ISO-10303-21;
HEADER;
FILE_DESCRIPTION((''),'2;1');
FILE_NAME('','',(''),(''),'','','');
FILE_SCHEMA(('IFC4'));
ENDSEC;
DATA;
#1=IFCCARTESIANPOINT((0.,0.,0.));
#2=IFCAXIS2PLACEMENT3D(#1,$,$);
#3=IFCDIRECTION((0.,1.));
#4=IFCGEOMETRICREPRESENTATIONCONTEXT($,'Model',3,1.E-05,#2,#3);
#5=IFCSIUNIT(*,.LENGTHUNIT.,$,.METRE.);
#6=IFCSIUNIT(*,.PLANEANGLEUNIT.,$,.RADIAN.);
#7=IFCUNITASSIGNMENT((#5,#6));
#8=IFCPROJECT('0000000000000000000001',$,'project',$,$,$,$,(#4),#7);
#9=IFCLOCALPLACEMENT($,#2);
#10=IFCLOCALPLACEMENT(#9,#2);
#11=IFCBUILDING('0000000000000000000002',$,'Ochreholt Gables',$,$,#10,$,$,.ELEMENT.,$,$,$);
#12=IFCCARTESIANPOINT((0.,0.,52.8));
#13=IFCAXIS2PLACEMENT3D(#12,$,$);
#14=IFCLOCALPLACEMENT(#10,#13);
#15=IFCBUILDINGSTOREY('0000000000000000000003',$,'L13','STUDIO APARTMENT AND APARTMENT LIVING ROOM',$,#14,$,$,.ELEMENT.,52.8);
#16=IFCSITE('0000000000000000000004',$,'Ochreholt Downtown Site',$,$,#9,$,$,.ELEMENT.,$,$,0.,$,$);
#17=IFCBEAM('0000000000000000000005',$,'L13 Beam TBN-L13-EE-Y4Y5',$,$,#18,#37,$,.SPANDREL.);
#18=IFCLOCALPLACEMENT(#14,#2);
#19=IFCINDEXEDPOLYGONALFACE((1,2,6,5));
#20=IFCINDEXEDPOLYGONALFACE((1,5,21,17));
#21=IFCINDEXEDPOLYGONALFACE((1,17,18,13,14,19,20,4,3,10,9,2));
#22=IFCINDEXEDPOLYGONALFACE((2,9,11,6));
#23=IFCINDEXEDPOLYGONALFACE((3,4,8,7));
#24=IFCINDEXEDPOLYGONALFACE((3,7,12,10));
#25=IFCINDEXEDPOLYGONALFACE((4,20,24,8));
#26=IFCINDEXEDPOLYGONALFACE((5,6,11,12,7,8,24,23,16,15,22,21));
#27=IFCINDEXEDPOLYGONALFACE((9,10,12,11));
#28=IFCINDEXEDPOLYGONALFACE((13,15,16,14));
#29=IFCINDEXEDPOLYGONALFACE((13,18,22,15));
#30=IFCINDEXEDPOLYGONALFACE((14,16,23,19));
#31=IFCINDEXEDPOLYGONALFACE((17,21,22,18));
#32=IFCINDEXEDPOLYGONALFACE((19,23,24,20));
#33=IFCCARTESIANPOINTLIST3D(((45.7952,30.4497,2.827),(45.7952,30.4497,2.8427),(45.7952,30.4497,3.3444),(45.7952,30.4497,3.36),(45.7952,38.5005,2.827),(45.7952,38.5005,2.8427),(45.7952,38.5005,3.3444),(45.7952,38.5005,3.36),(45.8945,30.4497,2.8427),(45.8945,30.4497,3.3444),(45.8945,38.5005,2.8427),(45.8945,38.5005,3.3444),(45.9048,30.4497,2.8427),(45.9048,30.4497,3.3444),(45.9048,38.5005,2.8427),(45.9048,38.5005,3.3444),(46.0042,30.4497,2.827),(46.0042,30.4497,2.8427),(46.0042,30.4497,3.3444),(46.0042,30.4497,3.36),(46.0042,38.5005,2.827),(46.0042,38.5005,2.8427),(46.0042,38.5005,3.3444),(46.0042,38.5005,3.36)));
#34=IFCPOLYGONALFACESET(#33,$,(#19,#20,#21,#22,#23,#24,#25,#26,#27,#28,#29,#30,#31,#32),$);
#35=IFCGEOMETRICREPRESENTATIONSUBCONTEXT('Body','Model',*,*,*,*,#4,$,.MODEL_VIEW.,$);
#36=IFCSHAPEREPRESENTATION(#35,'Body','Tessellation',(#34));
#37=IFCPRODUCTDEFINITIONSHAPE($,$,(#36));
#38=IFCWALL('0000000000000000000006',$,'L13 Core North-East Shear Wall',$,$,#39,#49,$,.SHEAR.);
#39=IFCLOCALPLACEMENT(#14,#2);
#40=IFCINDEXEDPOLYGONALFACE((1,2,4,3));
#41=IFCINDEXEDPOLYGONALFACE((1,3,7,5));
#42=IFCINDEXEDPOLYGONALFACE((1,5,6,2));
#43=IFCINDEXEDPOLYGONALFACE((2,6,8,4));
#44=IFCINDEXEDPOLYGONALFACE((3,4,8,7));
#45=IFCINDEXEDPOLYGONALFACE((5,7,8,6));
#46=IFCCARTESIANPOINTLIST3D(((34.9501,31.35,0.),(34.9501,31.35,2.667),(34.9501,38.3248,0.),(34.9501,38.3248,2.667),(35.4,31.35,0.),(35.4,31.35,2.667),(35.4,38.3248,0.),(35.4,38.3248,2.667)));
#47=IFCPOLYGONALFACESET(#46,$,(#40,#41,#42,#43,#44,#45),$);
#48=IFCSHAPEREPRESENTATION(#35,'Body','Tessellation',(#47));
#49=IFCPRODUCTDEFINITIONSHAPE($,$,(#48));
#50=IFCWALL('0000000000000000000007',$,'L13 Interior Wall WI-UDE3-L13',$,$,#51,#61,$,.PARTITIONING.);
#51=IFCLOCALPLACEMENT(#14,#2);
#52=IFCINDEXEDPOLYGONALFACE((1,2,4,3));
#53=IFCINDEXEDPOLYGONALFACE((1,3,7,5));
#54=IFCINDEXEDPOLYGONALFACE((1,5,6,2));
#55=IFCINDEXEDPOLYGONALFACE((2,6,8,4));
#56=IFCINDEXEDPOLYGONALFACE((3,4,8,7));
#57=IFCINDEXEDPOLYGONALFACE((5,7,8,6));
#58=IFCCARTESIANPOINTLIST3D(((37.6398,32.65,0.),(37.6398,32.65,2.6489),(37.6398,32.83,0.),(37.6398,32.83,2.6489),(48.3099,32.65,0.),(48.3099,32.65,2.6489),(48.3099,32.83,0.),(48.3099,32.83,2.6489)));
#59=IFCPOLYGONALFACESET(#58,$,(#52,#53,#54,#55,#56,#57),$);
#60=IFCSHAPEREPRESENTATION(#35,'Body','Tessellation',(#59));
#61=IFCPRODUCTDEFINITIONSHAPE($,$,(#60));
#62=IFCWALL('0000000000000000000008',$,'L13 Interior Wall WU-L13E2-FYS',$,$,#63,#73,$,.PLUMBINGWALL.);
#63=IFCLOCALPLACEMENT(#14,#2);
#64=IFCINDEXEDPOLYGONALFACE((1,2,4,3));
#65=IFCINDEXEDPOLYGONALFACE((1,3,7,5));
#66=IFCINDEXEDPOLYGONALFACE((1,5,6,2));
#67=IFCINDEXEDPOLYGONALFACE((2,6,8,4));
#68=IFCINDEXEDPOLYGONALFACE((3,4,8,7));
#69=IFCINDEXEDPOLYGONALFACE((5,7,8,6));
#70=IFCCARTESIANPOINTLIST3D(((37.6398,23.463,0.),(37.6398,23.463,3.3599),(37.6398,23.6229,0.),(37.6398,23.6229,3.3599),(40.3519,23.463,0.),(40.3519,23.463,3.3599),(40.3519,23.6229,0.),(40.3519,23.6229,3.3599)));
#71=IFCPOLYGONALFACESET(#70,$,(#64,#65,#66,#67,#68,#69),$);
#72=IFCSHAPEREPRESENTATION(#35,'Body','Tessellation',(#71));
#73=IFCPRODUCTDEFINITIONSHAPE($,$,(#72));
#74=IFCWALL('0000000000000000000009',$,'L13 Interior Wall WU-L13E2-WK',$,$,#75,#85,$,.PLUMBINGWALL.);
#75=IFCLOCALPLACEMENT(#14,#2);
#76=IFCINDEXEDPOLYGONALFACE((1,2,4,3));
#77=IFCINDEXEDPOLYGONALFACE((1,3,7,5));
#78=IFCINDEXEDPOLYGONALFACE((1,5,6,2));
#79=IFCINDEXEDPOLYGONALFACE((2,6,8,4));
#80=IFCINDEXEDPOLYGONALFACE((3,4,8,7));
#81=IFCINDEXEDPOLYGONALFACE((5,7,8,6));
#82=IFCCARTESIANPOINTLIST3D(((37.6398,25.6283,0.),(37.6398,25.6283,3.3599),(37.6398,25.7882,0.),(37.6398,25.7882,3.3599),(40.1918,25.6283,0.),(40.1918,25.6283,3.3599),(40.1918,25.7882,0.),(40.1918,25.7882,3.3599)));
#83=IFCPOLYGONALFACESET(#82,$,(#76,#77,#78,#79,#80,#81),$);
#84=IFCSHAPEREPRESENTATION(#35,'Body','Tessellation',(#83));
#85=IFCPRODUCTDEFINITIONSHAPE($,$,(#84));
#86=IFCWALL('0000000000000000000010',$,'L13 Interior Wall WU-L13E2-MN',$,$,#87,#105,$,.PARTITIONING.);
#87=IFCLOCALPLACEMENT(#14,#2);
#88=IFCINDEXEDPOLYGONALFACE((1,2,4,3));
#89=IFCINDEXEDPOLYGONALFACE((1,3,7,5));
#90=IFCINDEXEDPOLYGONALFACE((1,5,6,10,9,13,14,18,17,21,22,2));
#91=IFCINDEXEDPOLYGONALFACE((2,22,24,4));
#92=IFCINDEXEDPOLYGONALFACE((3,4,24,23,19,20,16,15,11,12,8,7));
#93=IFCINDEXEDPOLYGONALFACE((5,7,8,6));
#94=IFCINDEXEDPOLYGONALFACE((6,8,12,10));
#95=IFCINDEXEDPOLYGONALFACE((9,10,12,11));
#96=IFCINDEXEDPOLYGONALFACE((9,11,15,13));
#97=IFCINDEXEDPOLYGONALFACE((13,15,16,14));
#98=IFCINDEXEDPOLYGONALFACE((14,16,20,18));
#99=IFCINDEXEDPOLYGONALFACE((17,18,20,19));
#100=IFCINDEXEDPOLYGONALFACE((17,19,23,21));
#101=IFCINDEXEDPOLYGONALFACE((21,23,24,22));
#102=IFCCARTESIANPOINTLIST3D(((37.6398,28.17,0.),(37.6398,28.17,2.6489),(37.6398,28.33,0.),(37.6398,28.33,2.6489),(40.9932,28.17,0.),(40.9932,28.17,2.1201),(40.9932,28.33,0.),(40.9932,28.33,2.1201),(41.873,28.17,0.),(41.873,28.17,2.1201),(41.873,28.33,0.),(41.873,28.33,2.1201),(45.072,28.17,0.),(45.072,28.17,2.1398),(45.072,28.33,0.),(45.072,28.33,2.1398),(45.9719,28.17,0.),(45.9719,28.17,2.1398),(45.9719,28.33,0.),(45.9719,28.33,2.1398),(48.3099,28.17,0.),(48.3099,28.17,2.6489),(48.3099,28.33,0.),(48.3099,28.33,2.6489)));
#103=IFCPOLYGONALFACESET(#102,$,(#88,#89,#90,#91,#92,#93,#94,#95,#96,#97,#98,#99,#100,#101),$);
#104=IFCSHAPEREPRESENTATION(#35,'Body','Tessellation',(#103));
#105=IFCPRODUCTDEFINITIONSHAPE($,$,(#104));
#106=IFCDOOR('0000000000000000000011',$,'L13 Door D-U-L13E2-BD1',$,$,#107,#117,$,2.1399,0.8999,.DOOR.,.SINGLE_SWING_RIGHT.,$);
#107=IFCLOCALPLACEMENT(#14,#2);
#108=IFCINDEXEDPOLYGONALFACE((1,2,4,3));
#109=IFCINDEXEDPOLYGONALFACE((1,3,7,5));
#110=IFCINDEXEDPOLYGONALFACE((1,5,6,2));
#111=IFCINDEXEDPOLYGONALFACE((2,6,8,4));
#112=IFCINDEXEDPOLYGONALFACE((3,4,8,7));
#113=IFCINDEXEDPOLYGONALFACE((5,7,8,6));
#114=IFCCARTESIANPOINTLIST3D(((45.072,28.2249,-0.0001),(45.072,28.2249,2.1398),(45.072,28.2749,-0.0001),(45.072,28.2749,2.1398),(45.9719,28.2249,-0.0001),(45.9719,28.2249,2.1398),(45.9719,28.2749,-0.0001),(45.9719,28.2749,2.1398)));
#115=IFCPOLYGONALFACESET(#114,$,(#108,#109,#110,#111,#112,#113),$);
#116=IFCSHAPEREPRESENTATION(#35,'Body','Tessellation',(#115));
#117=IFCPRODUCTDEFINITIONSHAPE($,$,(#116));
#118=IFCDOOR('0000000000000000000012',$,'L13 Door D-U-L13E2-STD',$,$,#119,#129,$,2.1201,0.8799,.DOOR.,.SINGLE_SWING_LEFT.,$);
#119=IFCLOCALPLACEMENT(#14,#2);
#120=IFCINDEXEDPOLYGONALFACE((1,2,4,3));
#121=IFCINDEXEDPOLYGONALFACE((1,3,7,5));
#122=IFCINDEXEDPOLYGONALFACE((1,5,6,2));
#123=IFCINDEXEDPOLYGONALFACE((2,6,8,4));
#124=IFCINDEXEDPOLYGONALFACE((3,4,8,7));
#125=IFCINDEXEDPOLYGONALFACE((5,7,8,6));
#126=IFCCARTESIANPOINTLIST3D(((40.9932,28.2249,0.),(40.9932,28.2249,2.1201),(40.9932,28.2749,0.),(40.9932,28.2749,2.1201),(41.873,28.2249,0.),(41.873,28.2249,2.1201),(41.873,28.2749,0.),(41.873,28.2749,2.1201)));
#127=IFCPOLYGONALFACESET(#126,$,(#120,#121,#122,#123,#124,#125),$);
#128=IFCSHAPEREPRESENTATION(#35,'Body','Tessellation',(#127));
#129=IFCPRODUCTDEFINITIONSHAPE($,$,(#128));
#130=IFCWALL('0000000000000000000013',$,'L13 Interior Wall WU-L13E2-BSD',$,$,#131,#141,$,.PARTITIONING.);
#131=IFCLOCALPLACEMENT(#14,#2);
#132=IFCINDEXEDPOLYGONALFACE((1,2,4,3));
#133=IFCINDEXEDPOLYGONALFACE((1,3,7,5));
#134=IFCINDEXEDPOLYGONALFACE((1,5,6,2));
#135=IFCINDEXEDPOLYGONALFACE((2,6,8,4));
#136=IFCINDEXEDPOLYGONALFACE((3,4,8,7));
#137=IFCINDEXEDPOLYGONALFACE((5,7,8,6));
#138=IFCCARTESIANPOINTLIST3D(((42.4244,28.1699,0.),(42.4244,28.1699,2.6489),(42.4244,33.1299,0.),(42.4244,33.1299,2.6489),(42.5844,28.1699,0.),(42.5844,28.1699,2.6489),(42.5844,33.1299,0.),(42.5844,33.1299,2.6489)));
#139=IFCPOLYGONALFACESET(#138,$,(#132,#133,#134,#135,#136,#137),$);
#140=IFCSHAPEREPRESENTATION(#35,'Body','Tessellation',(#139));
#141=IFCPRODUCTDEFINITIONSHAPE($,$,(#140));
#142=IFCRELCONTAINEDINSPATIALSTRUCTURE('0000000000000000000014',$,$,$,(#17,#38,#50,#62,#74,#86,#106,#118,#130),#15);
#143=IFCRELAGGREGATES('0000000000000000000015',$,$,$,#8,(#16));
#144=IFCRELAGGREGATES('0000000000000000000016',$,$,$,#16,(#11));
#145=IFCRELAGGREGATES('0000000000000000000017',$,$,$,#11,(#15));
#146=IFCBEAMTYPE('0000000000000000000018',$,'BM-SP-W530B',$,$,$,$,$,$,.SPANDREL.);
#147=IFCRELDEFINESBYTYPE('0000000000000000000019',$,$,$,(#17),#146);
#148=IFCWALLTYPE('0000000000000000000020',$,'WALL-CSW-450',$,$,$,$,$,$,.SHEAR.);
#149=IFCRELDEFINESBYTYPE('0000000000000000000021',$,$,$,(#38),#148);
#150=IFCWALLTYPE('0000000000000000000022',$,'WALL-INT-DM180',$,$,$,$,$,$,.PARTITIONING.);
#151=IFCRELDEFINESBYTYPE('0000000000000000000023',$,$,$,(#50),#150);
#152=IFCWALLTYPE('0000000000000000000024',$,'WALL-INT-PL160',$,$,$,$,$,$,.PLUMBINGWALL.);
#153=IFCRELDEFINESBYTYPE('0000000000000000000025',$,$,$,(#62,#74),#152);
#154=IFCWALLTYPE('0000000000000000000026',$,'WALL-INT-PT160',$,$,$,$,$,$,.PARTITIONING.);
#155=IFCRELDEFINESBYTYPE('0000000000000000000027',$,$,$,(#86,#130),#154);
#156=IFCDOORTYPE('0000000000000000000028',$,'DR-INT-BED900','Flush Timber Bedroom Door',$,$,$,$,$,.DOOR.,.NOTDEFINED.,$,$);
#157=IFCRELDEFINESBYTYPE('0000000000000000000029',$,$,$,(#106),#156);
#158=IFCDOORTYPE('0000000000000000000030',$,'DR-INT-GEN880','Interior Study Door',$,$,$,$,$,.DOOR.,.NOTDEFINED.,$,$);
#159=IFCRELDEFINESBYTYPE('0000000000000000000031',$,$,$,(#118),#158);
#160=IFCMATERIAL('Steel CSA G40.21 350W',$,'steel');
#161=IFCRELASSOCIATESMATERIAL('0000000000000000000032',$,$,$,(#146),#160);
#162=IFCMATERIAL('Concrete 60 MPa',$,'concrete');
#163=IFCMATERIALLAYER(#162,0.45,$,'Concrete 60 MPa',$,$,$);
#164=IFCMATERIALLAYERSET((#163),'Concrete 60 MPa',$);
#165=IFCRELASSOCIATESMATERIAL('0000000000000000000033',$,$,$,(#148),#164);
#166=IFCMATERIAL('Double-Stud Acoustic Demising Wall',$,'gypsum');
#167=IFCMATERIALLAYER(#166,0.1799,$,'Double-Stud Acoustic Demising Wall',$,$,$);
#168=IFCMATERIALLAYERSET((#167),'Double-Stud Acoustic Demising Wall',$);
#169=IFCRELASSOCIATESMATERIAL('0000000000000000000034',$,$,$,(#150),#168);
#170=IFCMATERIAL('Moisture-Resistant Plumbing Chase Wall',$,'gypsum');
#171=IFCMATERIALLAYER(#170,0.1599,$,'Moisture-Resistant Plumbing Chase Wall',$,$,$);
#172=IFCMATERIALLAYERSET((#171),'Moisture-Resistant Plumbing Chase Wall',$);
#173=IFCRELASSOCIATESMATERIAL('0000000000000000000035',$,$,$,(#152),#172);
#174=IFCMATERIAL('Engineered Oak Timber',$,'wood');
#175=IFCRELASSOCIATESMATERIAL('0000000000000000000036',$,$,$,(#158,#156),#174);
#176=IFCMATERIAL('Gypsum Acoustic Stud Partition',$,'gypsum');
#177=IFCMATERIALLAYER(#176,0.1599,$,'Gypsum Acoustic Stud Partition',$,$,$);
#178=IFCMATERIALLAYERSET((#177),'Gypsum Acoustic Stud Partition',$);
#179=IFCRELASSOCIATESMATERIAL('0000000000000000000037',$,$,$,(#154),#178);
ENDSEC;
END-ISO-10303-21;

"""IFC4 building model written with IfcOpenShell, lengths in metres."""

from ifc_helpers import new_model, si_unit, direction, frame, frame_2d, origin, origin_2d, place, context, subcontext, project, spatial, rectangle, i_section, extrude, material, layer, layer_set, material_profile, profile_set, type_object, element, fill, save


model = new_model("IFC4")

# Units and contexts
model_context = context("Model", 3, precision=1e-05, world=origin(), true_north=direction((0.0, 1.0)))
body_context = subcontext(model_context, "Body", "Model", "MODEL_VIEW")
ifc_project = project(units=[si_unit("LENGTHUNIT", "METRE"), si_unit("PLANEANGLEUNIT", "RADIAN")], contexts=[model_context])

# Site, building, storey
site_placement = place(None, origin())
site = spatial("IfcSite", under=ifc_project, at=site_placement, Name="Ochreholt Downtown Site", CompositionType="ELEMENT", RefElevation=0.0)
building_placement = place(site_placement, origin())
building = spatial("IfcBuilding", under=site, at=building_placement, Name="Ochreholt Gables", CompositionType="ELEMENT")
storey_placement = place(building_placement, frame((0.0, 0.0, 52.8)))
storey = spatial("IfcBuildingStorey", under=building, at=storey_placement, Name="L13", Description="STUDIO APARTMENT AND APARTMENT LIVING ROOM", CompositionType="ELEMENT", Elevation=52.8)

# Shared definitions
ifc_material_1 = material(Name="Steel CSA G40.21 350W", Category="steel")
ifc_material_2 = material(Name="Concrete 60 MPa", Category="concrete")

# Beam
ifc_material_profile_1 = material_profile(ifc_material_1, i_section(OverallWidth=0.209, OverallDepth=0.533, WebThickness=0.0103, FlangeThickness=0.0156, at=origin_2d()), Name="W530X92")
ifc_profile_set_1 = profile_set([ifc_material_profile_1], Name="Steel CSA G40.21 350W")
beam_type_1 = type_object("IfcBeamType", Name="BM-SP-W530B", PredefinedType="SPANDREL", material=ifc_profile_set_1)
beam_1_placement = place(storey_placement, frame((45.8997, 30.4497, 3.0935), z_axis=(0.0, 1.0, 0.0), x_axis=(-1.0, 0.0, 0.0)))
element("IfcBeam", 1, at=beam_1_placement, inside=storey, type_object=beam_type_1, Name="L13 Beam TBN-L13-EE-Y4Y5", PredefinedType="SPANDREL", context=body_context, shape_type="SweptSolid", body=[
    extrude(i_section(OverallWidth=0.209, OverallDepth=0.533, WebThickness=0.0103, FlangeThickness=0.0156, at=origin_2d()), origin(), (0.0, 0.0, 1.0), 8.0508),
])

# Walls
ifc_layer_1 = layer(ifc_material_2, 0.45, Name="Concrete 60 MPa")
ifc_layer_set_1 = layer_set([ifc_layer_1], Name="Concrete 60 MPa")
wall_type_1 = type_object("IfcWallType", Name="WALL-CSW-450", PredefinedType="SHEAR", material=ifc_layer_set_1)
wall_1_placement = place(storey_placement, frame((35.175, 31.3501, 0.0), z_axis=(0.0, 0.0, 1.0), x_axis=(0.0, 1.0, 0.0)))
element("IfcWall", 2, at=wall_1_placement, inside=storey, type_object=wall_type_1, Name="L13 Core North-East Shear Wall", PredefinedType="SHEAR", context=body_context, shape_type="SweptSolid", body=[
    extrude(rectangle(XDim=6.9749, YDim=0.45, at=frame_2d((3.4873, 0.0))), origin(), (0.0, 0.0, 1.0), 2.667),
])
ifc_material_3 = material(Name="Double-Stud Acoustic Demising Wall", Category="gypsum")
ifc_layer_2 = layer(ifc_material_3, 0.1799, Name="Double-Stud Acoustic Demising Wall")
ifc_layer_set_2 = layer_set([ifc_layer_2], Name="Double-Stud Acoustic Demising Wall")
wall_type_2 = type_object("IfcWallType", Name="WALL-INT-DM180", PredefinedType="PARTITIONING", material=ifc_layer_set_2)
wall_2_placement = place(storey_placement, frame((37.6399, 32.74, 0.0), z_axis=(0.0, 0.0, 1.0), x_axis=(1.0, 0.0, 0.0)))
element("IfcWall", 3, at=wall_2_placement, inside=storey, type_object=wall_type_2, Name="L13 Interior Wall WI-UDE3-L13", PredefinedType="PARTITIONING", context=body_context, shape_type="SweptSolid", body=[
    extrude(rectangle(XDim=10.6702, YDim=0.1799, at=frame_2d((5.335, 0.0))), origin(), (0.0, 0.0, 1.0), 2.6489),
])
ifc_material_4 = material(Name="Moisture-Resistant Plumbing Chase Wall", Category="gypsum")
ifc_layer_3 = layer(ifc_material_4, 0.1599, Name="Moisture-Resistant Plumbing Chase Wall")
ifc_layer_set_3 = layer_set([ifc_layer_3], Name="Moisture-Resistant Plumbing Chase Wall")
wall_type_3 = type_object("IfcWallType", Name="WALL-INT-PL160", PredefinedType="PLUMBINGWALL", material=ifc_layer_set_3)
wall_3_placement = place(storey_placement, frame((37.6399, 23.543, 0.0), z_axis=(0.0, 0.0, 1.0), x_axis=(1.0, 0.0, 0.0)))
element("IfcWall", 4, at=wall_3_placement, inside=storey, type_object=wall_type_3, Name="L13 Interior Wall WU-L13E2-FYS", PredefinedType="PLUMBINGWALL", context=body_context, shape_type="SweptSolid", body=[
    extrude(rectangle(XDim=2.7122, YDim=0.1599, at=frame_2d((1.356, 0.0))), origin(), (0.0, 0.0, 1.0), 3.3599),
])

# Shared definitions
ifc_material_5 = material(Name="Engineered Oak Timber", Category="wood")
door_type_1 = type_object("IfcDoorType", Name="DR-INT-GEN880", Description="Interior Study Door", OperationType="NOTDEFINED", PredefinedType="DOOR", material=ifc_material_5)

# Wall
wall_4_placement = place(storey_placement, frame((37.6399, 25.7083, 0.0), z_axis=(0.0, 0.0, 1.0), x_axis=(1.0, 0.0, 0.0)))
element("IfcWall", 5, at=wall_4_placement, inside=storey, type_object=wall_type_3, Name="L13 Interior Wall WU-L13E2-WK", PredefinedType="PLUMBINGWALL", context=body_context, shape_type="SweptSolid", body=[
    extrude(rectangle(XDim=2.552, YDim=0.1599, at=frame_2d((1.2759, 0.0))), origin(), (0.0, 0.0, 1.0), 3.3599),
])

# Wall, openings, doors
ifc_material_6 = material(Name="Gypsum Acoustic Stud Partition", Category="gypsum")
ifc_layer_4 = layer(ifc_material_6, 0.1599, Name="Gypsum Acoustic Stud Partition")
ifc_layer_set_4 = layer_set([ifc_layer_4], Name="Gypsum Acoustic Stud Partition")
wall_type_4 = type_object("IfcWallType", Name="WALL-INT-PT160", PredefinedType="PARTITIONING", material=ifc_layer_set_4)
wall_5_placement = place(storey_placement, frame((37.6399, 28.25, 0.0), z_axis=(0.0, 0.0, 1.0), x_axis=(1.0, 0.0, 0.0)))
wall_5 = element("IfcWall", 6, at=wall_5_placement, inside=storey, type_object=wall_type_4, Name="L13 Interior Wall WU-L13E2-MN", PredefinedType="PARTITIONING", context=body_context, shape_type="SweptSolid", body=[
    extrude(rectangle(XDim=10.6702, YDim=0.1599, at=frame_2d((5.335, 0.0))), origin(), (0.0, 0.0, 1.0), 2.6489),
])
opening_1_placement = place(wall_5_placement, frame((3.3533, 0.0, 0.0)))
opening_1 = element("IfcOpeningElement", 7, at=opening_1_placement, cuts=wall_5, PredefinedType="OPENING", context=body_context, shape_type="SweptSolid", body=[
    extrude(rectangle(XDim=0.8799, YDim=2.1201, at=frame_2d((0.4399, 1.0601))), frame((0.0, 0.0898, 0.0), z_axis=(0.0, -1.0, 0.0), x_axis=(1.0, 0.0, 0.0)), (0.0, 0.0, 1.0), 0.1799),
])
opening_2_placement = place(wall_5_placement, frame((7.4321, 0.0, 0.0)))
opening_2 = element("IfcOpeningElement", 8, at=opening_2_placement, cuts=wall_5, PredefinedType="OPENING", context=body_context, shape_type="SweptSolid", body=[
    extrude(rectangle(XDim=0.8999, YDim=2.1399, at=frame_2d((0.45, 1.0698))), frame((0.0, 0.0898, 0.0), z_axis=(0.0, -1.0, 0.0), x_axis=(1.0, 0.0, 0.0)), (0.0, 0.0, 1.0), 0.1799),
])
door_type_2 = type_object("IfcDoorType", Name="DR-INT-BED900", Description="Flush Timber Bedroom Door", OperationType="NOTDEFINED", PredefinedType="DOOR", material=ifc_material_5)
door_1_placement = place(opening_2_placement, origin())
door_1 = element("IfcDoor", 9, at=door_1_placement, inside=storey, type_object=door_type_2, Name="L13 Door D-U-L13E2-BD1", OperationType="SINGLE_SWING_RIGHT", OverallHeight=2.1399, OverallWidth=0.8999, PredefinedType="DOOR", context=body_context, shape_type="SweptSolid", body=[
    extrude(rectangle(XDim=0.8999, YDim=2.1399, at=frame_2d((0.45, 1.0698))), frame((0.0, 0.0249, 0.0), z_axis=(0.0, -1.0, 0.0), x_axis=(1.0, 0.0, 0.0)), (0.0, 0.0, 1.0), 0.05),
])
fill(opening_2, door_1)
door_2_placement = place(opening_1_placement, origin())
door_2 = element("IfcDoor", 10, at=door_2_placement, inside=storey, type_object=door_type_1, Name="L13 Door D-U-L13E2-STD", OperationType="SINGLE_SWING_LEFT", OverallHeight=2.1201, OverallWidth=0.8799, PredefinedType="DOOR", context=body_context, shape_type="SweptSolid", body=[
    extrude(rectangle(XDim=0.8799, YDim=2.1201, at=frame_2d((0.4399, 1.0601))), frame((0.0, 0.0249, 0.0), z_axis=(0.0, -1.0, 0.0), x_axis=(1.0, 0.0, 0.0)), (0.0, 0.0, 1.0), 0.05),
])
fill(opening_1, door_2)

# Wall
wall_6_placement = place(storey_placement, frame((42.5044, 28.1699, 0.0), z_axis=(0.0, 0.0, 1.0), x_axis=(0.0, 1.0, 0.0)))
element("IfcWall", 11, at=wall_6_placement, inside=storey, type_object=wall_type_4, Name="L13 Interior Wall WU-L13E2-BSD", PredefinedType="PARTITIONING", context=body_context, shape_type="SweptSolid", body=[
    extrude(rectangle(XDim=4.96, YDim=0.1599, at=frame_2d((2.48, 0.0))), origin(), (0.0, 0.0, 1.0), 2.6489),
])

save(model, "model.ifc")
